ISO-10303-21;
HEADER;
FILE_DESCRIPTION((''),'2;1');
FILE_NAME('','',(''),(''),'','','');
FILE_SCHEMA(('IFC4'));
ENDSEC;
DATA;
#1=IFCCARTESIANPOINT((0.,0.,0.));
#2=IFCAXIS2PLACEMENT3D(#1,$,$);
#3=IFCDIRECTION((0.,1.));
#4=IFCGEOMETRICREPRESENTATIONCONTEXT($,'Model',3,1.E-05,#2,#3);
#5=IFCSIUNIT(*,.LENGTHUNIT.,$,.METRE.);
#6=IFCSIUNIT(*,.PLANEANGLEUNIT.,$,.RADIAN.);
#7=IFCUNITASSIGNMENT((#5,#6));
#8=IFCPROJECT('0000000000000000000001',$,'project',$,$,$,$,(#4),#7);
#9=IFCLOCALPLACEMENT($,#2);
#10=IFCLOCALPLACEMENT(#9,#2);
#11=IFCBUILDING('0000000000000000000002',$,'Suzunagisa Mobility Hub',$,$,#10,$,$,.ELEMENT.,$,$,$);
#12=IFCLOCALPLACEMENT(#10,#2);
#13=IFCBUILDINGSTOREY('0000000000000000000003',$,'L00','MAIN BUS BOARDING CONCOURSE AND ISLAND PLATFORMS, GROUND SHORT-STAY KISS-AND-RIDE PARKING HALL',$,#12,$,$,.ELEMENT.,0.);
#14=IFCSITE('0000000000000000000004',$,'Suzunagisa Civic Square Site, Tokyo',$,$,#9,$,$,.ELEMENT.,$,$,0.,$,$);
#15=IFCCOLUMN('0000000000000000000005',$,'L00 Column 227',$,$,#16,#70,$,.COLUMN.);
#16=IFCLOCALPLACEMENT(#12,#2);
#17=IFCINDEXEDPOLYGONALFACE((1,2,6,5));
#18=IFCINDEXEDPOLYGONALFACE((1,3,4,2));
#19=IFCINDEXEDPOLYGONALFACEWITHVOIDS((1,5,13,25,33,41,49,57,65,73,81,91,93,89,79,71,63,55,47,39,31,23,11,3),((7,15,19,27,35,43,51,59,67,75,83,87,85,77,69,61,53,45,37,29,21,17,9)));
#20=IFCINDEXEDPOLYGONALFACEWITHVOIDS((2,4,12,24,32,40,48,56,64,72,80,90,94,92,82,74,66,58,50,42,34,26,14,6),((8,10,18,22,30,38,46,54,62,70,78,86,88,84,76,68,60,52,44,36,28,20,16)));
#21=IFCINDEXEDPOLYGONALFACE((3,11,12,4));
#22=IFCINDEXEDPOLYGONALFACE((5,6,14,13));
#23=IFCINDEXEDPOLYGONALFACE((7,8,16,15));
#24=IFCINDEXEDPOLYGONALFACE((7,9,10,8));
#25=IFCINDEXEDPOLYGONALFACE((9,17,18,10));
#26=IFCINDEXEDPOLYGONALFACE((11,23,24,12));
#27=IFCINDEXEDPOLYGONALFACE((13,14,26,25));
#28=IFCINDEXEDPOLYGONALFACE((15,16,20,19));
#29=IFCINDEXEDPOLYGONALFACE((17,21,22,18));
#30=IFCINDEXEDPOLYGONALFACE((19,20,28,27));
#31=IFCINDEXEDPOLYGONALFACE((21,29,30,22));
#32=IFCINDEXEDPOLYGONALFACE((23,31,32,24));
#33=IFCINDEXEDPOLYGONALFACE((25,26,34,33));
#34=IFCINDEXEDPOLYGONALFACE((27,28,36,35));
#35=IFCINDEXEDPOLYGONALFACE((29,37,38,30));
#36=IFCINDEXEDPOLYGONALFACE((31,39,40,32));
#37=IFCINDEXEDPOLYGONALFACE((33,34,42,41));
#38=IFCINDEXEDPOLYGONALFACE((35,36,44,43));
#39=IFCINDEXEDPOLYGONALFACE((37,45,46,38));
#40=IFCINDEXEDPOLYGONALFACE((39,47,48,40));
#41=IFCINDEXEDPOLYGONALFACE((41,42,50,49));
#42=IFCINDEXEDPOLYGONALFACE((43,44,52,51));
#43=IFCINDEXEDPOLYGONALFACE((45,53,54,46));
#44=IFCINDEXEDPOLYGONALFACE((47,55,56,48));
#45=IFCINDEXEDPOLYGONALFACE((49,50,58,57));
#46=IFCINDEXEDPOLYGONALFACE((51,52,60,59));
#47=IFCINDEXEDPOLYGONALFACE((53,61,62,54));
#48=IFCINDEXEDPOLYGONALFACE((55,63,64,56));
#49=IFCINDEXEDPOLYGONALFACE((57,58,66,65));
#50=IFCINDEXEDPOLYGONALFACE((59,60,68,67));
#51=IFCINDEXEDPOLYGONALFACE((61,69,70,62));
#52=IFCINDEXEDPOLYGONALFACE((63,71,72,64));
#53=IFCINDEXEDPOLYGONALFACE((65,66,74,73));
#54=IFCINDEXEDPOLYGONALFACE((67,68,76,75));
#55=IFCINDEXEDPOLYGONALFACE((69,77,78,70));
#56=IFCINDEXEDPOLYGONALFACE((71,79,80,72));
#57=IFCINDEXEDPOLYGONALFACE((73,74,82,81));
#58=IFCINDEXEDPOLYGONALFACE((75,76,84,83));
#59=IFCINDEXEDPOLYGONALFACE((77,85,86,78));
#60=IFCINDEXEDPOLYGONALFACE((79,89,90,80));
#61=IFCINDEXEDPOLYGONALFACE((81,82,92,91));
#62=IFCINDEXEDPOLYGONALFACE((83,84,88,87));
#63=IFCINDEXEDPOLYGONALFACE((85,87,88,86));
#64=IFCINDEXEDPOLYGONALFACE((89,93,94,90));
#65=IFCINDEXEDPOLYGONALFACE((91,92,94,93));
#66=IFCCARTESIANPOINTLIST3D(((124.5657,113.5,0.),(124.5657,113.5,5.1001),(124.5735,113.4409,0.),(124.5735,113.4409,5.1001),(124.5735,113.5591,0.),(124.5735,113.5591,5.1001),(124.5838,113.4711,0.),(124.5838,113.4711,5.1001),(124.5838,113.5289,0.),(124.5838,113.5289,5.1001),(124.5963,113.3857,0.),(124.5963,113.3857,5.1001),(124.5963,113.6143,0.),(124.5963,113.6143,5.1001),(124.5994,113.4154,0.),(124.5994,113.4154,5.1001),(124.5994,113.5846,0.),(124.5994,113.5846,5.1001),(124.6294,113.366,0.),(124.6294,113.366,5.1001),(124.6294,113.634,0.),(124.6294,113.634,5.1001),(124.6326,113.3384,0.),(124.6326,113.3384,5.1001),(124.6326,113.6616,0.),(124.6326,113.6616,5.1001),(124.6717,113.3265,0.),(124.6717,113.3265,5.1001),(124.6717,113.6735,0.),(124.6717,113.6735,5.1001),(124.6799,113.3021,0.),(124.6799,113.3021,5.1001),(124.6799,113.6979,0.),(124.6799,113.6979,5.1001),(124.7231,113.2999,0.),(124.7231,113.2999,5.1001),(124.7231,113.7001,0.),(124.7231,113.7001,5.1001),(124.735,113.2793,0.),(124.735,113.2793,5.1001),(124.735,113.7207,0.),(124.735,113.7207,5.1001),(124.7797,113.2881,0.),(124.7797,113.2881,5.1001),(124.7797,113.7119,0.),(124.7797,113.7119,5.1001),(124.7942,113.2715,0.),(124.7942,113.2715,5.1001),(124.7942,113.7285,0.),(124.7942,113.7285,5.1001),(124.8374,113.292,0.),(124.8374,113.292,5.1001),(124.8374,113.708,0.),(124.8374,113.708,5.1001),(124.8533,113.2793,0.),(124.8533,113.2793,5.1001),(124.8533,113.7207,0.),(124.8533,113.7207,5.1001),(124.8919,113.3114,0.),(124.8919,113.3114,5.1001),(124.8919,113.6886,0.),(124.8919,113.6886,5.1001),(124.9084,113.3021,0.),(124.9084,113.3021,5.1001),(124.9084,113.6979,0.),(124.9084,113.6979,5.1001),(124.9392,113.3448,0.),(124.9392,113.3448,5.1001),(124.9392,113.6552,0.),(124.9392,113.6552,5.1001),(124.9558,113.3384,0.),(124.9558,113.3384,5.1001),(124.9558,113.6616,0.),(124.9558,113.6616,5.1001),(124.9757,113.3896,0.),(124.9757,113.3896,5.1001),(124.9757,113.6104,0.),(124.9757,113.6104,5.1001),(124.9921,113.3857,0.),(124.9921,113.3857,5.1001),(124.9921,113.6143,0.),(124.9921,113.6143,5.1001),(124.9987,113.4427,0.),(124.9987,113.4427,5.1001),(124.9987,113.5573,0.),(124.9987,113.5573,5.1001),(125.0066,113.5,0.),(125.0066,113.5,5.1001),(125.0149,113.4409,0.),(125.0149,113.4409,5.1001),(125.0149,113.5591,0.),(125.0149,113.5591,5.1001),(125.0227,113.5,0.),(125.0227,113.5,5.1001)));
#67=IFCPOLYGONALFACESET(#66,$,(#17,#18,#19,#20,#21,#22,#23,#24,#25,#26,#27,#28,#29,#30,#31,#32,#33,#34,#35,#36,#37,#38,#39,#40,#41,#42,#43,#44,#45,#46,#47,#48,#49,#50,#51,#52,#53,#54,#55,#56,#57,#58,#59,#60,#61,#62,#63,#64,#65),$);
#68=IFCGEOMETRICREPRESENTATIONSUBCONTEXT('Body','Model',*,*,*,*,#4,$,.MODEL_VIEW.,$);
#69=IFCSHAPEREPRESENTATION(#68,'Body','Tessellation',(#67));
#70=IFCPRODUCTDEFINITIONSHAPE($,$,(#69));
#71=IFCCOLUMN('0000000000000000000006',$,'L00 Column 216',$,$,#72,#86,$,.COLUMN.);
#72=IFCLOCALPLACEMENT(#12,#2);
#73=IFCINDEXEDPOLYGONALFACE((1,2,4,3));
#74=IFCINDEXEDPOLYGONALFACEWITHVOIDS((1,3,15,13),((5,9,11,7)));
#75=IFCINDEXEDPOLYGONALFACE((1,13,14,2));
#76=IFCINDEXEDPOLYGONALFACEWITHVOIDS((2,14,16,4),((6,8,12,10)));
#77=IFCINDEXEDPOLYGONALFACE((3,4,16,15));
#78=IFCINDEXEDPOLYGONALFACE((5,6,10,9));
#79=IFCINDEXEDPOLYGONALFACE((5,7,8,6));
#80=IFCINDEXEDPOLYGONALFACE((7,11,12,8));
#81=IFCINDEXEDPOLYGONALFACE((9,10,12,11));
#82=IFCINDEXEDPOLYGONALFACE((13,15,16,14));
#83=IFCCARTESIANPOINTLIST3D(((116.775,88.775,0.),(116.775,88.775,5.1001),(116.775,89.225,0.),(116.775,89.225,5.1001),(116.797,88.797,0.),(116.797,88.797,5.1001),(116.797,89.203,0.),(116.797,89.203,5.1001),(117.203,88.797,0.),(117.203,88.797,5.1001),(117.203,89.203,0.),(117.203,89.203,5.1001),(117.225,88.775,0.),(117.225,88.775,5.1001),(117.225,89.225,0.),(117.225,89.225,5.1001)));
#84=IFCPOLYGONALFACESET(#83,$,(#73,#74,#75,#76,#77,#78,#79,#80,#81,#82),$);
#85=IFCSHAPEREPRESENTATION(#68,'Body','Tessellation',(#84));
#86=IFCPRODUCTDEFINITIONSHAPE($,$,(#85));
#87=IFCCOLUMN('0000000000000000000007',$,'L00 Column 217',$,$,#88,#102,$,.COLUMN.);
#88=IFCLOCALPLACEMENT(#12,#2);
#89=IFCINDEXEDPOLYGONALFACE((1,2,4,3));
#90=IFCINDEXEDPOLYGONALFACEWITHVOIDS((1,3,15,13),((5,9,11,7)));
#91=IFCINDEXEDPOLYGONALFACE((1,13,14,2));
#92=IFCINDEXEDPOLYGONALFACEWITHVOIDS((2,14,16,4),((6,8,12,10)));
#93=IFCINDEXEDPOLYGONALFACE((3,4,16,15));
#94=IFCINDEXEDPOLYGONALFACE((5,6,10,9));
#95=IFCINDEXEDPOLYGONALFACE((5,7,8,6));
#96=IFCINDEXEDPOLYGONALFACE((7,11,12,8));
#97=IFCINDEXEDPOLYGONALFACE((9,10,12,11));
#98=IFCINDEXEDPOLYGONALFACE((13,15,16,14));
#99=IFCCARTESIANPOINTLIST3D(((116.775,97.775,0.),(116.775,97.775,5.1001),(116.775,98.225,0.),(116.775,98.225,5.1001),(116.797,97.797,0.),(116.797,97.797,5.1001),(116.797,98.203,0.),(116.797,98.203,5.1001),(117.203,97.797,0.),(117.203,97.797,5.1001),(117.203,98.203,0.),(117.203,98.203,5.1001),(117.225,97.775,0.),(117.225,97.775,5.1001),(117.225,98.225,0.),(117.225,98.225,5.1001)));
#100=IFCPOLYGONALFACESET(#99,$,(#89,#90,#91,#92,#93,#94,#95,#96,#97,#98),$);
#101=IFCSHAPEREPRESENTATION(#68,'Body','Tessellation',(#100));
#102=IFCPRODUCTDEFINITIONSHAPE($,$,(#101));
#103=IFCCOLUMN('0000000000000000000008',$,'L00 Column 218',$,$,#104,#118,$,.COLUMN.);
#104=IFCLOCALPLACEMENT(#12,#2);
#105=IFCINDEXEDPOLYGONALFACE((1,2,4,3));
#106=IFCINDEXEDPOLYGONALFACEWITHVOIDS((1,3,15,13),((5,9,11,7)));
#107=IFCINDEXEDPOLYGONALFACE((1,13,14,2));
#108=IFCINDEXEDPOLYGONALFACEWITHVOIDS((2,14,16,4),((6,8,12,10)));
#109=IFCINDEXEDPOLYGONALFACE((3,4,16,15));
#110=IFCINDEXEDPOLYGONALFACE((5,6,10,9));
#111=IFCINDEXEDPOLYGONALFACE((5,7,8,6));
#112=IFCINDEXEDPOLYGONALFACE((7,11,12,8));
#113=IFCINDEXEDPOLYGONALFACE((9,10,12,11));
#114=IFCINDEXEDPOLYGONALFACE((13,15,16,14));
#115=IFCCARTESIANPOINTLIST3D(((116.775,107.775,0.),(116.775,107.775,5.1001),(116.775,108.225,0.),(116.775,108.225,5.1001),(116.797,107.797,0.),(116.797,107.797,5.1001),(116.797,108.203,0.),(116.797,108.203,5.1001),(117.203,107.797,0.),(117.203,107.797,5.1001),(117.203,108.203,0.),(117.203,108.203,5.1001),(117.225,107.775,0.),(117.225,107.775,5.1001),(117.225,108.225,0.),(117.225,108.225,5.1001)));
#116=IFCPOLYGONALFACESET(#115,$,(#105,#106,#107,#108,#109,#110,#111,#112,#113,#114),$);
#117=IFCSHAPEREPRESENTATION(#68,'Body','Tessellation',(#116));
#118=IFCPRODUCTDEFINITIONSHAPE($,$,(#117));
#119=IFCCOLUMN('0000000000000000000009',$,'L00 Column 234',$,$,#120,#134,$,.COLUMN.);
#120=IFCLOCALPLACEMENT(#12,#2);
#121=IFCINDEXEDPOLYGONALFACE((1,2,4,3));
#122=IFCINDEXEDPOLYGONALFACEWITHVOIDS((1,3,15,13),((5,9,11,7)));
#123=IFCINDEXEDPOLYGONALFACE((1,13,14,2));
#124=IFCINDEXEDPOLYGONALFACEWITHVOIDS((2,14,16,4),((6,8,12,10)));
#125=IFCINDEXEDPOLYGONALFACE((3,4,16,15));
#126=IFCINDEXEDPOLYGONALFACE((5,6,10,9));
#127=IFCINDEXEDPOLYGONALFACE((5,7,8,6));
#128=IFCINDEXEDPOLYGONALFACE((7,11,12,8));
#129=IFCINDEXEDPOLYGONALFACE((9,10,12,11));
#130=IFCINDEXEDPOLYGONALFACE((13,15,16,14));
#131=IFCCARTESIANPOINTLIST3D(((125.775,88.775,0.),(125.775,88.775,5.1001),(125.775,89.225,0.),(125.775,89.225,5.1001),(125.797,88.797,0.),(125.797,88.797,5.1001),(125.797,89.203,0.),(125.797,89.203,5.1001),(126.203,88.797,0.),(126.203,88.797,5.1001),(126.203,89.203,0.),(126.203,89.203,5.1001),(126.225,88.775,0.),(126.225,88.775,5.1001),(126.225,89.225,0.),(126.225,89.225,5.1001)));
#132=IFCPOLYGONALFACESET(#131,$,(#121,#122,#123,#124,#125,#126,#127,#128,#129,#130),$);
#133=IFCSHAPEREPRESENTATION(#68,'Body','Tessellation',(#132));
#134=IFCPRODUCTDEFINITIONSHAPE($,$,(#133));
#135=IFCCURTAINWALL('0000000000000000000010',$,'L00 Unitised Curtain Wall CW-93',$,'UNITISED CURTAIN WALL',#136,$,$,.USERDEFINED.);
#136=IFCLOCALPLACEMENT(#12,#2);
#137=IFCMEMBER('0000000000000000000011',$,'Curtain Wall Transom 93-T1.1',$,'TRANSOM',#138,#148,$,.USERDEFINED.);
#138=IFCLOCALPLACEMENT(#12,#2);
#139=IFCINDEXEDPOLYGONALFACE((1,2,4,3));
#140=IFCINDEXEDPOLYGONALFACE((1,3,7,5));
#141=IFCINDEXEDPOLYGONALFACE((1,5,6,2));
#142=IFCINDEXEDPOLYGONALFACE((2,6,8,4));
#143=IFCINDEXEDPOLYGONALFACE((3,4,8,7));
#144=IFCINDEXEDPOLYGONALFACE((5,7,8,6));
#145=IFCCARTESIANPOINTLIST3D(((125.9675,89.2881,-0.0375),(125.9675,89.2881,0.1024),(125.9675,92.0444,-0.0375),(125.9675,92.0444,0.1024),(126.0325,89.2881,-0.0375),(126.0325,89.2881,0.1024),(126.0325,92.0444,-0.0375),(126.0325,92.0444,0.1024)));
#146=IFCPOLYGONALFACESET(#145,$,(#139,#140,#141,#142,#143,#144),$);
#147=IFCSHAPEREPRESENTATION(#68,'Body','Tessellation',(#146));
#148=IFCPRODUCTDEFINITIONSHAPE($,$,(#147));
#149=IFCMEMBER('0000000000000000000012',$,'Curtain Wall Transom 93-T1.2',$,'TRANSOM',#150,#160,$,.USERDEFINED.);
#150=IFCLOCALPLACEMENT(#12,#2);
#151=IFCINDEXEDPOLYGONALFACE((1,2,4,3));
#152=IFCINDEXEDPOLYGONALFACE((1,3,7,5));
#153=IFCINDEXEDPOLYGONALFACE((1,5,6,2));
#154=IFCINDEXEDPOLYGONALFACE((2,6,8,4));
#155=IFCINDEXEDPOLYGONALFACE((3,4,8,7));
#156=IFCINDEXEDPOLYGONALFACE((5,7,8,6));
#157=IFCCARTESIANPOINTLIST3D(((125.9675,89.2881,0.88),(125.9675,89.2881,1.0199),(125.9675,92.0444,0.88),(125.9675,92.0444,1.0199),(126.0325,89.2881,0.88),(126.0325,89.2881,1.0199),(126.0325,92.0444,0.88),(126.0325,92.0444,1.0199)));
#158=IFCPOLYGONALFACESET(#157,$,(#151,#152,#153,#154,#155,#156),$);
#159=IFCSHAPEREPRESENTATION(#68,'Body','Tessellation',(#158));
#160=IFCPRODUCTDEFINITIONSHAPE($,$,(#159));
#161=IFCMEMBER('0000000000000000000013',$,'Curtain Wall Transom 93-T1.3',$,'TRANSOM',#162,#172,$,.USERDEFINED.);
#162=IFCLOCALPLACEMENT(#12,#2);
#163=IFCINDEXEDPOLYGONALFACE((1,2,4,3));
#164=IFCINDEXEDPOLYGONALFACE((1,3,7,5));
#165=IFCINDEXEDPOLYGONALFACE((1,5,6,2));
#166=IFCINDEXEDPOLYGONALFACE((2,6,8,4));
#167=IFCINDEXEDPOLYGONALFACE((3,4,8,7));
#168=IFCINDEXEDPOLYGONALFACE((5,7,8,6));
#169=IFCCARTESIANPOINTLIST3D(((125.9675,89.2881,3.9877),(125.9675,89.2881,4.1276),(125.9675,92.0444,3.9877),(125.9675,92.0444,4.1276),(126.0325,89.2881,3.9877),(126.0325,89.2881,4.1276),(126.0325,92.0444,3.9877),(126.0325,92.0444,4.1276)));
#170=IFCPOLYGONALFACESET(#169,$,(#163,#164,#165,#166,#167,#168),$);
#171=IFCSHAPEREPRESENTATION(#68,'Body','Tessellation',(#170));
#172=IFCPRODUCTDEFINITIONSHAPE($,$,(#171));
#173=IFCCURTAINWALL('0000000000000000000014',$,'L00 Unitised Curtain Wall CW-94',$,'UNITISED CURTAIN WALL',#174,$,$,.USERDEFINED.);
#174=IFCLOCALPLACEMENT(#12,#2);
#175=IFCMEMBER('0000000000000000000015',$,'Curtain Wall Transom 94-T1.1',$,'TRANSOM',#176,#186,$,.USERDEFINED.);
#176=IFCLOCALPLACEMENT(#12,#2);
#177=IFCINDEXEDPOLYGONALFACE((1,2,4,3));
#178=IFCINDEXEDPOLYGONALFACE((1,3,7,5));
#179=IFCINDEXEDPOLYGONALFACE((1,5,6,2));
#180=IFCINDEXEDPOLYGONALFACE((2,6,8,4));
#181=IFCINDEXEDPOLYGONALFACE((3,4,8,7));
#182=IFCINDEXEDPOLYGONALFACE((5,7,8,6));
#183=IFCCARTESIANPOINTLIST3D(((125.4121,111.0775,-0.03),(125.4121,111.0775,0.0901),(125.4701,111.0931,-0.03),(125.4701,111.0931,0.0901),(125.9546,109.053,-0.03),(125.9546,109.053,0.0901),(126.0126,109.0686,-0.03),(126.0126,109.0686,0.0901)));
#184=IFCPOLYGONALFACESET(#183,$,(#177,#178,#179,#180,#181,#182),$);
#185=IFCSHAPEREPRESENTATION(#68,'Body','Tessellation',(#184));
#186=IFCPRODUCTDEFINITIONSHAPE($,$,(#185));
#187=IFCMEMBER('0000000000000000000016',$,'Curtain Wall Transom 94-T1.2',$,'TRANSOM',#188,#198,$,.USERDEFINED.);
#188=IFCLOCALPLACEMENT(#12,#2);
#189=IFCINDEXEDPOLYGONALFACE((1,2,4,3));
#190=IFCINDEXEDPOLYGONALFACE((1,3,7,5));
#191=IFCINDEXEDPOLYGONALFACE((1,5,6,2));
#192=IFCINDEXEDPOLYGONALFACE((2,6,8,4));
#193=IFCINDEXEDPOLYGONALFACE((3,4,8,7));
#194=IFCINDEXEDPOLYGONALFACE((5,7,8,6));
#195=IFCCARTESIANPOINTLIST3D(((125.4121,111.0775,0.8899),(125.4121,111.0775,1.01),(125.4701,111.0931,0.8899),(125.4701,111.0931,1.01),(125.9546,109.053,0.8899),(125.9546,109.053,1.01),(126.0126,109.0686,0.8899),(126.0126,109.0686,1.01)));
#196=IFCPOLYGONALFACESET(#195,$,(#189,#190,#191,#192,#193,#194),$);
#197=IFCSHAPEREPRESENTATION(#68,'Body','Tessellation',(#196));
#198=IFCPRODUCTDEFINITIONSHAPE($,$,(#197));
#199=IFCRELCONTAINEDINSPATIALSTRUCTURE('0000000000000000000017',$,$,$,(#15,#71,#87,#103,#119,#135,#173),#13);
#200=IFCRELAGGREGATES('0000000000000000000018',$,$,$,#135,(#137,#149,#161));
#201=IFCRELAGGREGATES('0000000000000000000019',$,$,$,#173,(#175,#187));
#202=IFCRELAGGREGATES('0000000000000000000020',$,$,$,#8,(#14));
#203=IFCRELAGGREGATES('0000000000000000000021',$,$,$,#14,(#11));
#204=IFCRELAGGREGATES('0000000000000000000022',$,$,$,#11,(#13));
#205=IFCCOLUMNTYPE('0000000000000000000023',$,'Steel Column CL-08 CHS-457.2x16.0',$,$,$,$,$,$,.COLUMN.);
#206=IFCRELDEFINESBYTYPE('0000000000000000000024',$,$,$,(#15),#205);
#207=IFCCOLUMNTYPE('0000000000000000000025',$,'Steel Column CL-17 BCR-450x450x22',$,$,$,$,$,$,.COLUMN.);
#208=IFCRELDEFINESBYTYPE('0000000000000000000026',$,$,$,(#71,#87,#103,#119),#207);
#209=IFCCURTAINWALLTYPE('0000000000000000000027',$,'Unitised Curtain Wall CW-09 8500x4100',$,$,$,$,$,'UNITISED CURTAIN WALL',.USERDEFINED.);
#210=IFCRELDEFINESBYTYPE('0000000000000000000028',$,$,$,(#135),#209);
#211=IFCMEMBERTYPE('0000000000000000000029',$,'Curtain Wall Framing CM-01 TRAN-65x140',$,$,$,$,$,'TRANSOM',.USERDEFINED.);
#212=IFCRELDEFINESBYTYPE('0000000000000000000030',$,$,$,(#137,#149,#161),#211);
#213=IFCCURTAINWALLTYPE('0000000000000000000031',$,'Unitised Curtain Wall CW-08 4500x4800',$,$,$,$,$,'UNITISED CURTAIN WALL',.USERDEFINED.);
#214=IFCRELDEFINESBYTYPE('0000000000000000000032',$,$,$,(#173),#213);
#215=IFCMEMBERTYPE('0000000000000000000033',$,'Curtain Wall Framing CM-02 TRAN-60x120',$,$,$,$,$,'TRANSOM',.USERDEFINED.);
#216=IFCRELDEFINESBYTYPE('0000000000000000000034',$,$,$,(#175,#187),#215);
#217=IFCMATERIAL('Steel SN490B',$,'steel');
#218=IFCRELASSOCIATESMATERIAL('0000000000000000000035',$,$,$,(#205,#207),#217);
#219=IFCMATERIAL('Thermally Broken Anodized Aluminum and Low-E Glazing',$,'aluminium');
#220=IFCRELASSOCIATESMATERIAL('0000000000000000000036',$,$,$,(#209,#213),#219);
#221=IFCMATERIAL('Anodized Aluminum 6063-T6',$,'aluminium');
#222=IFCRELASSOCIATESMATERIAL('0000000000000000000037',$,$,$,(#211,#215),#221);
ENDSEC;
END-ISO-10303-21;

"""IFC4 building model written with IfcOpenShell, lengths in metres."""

from ifc_helpers import new_model, si_unit, direction, frame, origin, origin_2d, place, context, subcontext, project, spatial, rectangle, hollow_rectangle, hollow_circle, extrude, material, material_profile, profile_set, type_object, element, aggregate, save


model = new_model("IFC4")

# Units and contexts
model_context = context("Model", 3, precision=1e-05, world=origin(), true_north=direction((0.0, 1.0)))
body_context = subcontext(model_context, "Body", "Model", "MODEL_VIEW")
ifc_project = project(units=[si_unit("LENGTHUNIT", "METRE"), si_unit("PLANEANGLEUNIT", "RADIAN")], contexts=[model_context])

# Site, building, storey
site_placement = place(None, origin())
site = spatial("IfcSite", under=ifc_project, at=site_placement, Name="Suzunagisa Civic Square Site, Tokyo", CompositionType="ELEMENT", RefElevation=0.0)
building_placement = place(site_placement, origin())
building = spatial("IfcBuilding", under=site, at=building_placement, Name="Suzunagisa Mobility Hub", CompositionType="ELEMENT")
storey_placement = place(building_placement, origin())
storey = spatial("IfcBuildingStorey", under=building, at=storey_placement, Name="L00", Description="MAIN BUS BOARDING CONCOURSE AND ISLAND PLATFORMS, GROUND SHORT-STAY KISS-AND-RIDE PARKING HALL", CompositionType="ELEMENT", Elevation=0.0)

# Columns
ifc_material_1 = material(Name="Steel SN490B", Category="steel")
ifc_material_profile_1 = material_profile(ifc_material_1, hollow_circle(Radius=0.2285, WallThickness=0.0161, at=origin_2d()), Name="CHS-457.2x16.0")
ifc_profile_set_1 = profile_set([ifc_material_profile_1], Name="Steel SN490B")
column_type_1 = type_object("IfcColumnType", Name="Steel Column CL-08 CHS-457.2x16.0", PredefinedType="COLUMN", material=ifc_profile_set_1)
column_placement = place(storey_placement, frame((124.7942, 113.5, 0.0), z_axis=(0.0, 0.0, 1.0), x_axis=(1.0, 0.0, 0.0)))
element("IfcColumn", 1, at=column_placement, inside=storey, type_object=column_type_1, Name="L00 Column 227", PredefinedType="COLUMN", context=body_context, shape_type="SweptSolid", body=[
    extrude(hollow_circle(Radius=0.2285, WallThickness=0.0161, at=origin_2d()), origin(), (0.0, 0.0, 1.0), 5.1001),
])
ifc_material_profile_2 = material_profile(ifc_material_1, hollow_rectangle(XDim=0.45, YDim=0.45, WallThickness=0.022, at=origin_2d()), Name="BCR-450x450x22")
ifc_profile_set_2 = profile_set([ifc_material_profile_2], Name="Steel SN490B")
column_type_2 = type_object("IfcColumnType", Name="Steel Column CL-17 BCR-450x450x22", PredefinedType="COLUMN", material=ifc_profile_set_2)
for number, where, z_axis, x_axis, name in (
    (2, (117.0, 89.0, 0.0), (0.0, 0.0, 1.0), (1.0, 0.0, 0.0), "L00 Column 216"),
    (3, (117.0, 98.0, 0.0), (0.0, 0.0, 1.0), (1.0, 0.0, 0.0), "L00 Column 217"),
    (4, (117.0, 108.0, 0.0), (0.0, 0.0, 1.0), (1.0, 0.0, 0.0), "L00 Column 218"),
    (5, (126.0, 89.0, 0.0), (0.0, 0.0, 1.0), (1.0, 0.0, 0.0), "L00 Column 234"),
):
    element("IfcColumn", number, at=place(storey_placement, frame(where, z_axis=z_axis, x_axis=x_axis)), inside=storey, type_object=column_type_2, Name=name, PredefinedType="COLUMN", context=body_context, shape_type="SweptSolid", body=[
        extrude(hollow_rectangle(XDim=0.45, YDim=0.45, WallThickness=0.022, at=origin_2d()), origin(), (0.0, 0.0, 1.0), 5.1001),
    ])

# Curtain walls, members
ifc_material_2 = material(Name="Thermally Broken Anodized Aluminum and Low-E Glazing", Category="aluminium")
curtain_wall_type_1 = type_object("IfcCurtainWallType", Name="Unitised Curtain Wall CW-09 8500x4100", ElementType="UNITISED CURTAIN WALL", PredefinedType="USERDEFINED", material=ifc_material_2)
curtain_wall_1_placement = place(storey_placement, origin())
curtain_wall_1 = element("IfcCurtainWall", 6, at=curtain_wall_1_placement, inside=storey, type_object=curtain_wall_type_1, Name="L00 Unitised Curtain Wall CW-93", ObjectType="UNITISED CURTAIN WALL", PredefinedType="USERDEFINED")
ifc_material_3 = material(Name="Anodized Aluminum 6063-T6", Category="aluminium")
ifc_material_profile_3 = material_profile(ifc_material_3, rectangle(XDim=0.0649, YDim=0.1399, at=origin_2d()), Name="TRAN-65x140")
ifc_profile_set_3 = profile_set([ifc_material_profile_3], Name="Anodized Aluminum 6063-T6")
member_type_1 = type_object("IfcMemberType", Name="Curtain Wall Framing CM-01 TRAN-65x140", ElementType="TRANSOM", PredefinedType="USERDEFINED", material=ifc_profile_set_3)
member_1_placement = place(storey_placement, frame((126.0, 89.2881, 0.0325), z_axis=(0.0, 1.0, 0.0), x_axis=(-1.0, 0.0, 0.0)))
member_1 = element("IfcMember", 7, at=member_1_placement, type_object=member_type_1, Name="Curtain Wall Transom 93-T1.1", ObjectType="TRANSOM", PredefinedType="USERDEFINED", context=body_context, shape_type="SweptSolid", body=[
    extrude(rectangle(XDim=0.0649, YDim=0.1399, at=origin_2d()), origin(), (0.0, 0.0, 1.0), 2.7563),
])
member_2_placement = place(storey_placement, frame((126.0, 89.2881, 0.95), z_axis=(0.0, 1.0, 0.0), x_axis=(-1.0, 0.0, 0.0)))
member_2 = element("IfcMember", 8, at=member_2_placement, type_object=member_type_1, Name="Curtain Wall Transom 93-T1.2", ObjectType="TRANSOM", PredefinedType="USERDEFINED", context=body_context, shape_type="SweptSolid", body=[
    extrude(rectangle(XDim=0.0649, YDim=0.1399, at=origin_2d()), origin(), (0.0, 0.0, 1.0), 2.7563),
])
member_3_placement = place(storey_placement, frame((126.0, 89.2881, 4.0576), z_axis=(0.0, 1.0, 0.0), x_axis=(-1.0, 0.0, 0.0)))
member_3 = element("IfcMember", 9, at=member_3_placement, type_object=member_type_1, Name="Curtain Wall Transom 93-T1.3", ObjectType="TRANSOM", PredefinedType="USERDEFINED", context=body_context, shape_type="SweptSolid", body=[
    extrude(rectangle(XDim=0.0649, YDim=0.1399, at=origin_2d()), origin(), (0.0, 0.0, 1.0), 2.7563),
])
curtain_wall_type_2 = type_object("IfcCurtainWallType", Name="Unitised Curtain Wall CW-08 4500x4800", ElementType="UNITISED CURTAIN WALL", PredefinedType="USERDEFINED", material=ifc_material_2)
curtain_wall_2_placement = place(storey_placement, origin())
curtain_wall_2 = element("IfcCurtainWall", 10, at=curtain_wall_2_placement, inside=storey, type_object=curtain_wall_type_2, Name="L00 Unitised Curtain Wall CW-94", ObjectType="UNITISED CURTAIN WALL", PredefinedType="USERDEFINED")
ifc_material_profile_4 = material_profile(ifc_material_3, rectangle(XDim=0.0601, YDim=0.1201, at=origin_2d()), Name="TRAN-60x120")
ifc_profile_set_4 = profile_set([ifc_material_profile_4], Name="Anodized Aluminum 6063-T6")
member_type_2 = type_object("IfcMemberType", Name="Curtain Wall Framing CM-02 TRAN-60x120", ElementType="TRANSOM", PredefinedType="USERDEFINED", material=ifc_profile_set_4)
member_4_placement = place(storey_placement, frame((125.9836, 109.0608, 0.03), z_axis=(-0.258837, 0.965921, 0.0), x_axis=(-0.965921, -0.258837, 0.0)))
member_4 = element("IfcMember", 11, at=member_4_placement, type_object=member_type_2, Name="Curtain Wall Transom 94-T1.1", ObjectType="TRANSOM", PredefinedType="USERDEFINED", context=body_context, shape_type="SweptSolid", body=[
    extrude(rectangle(XDim=0.0601, YDim=0.1201, at=origin_2d()), origin(), (0.0, 0.0, 1.0), 2.0959),
])
member_5_placement = place(storey_placement, frame((125.9836, 109.0608, 0.95), z_axis=(-0.258837, 0.965921, 0.0), x_axis=(-0.965921, -0.258837, 0.0)))
member_5 = element("IfcMember", 12, at=member_5_placement, type_object=member_type_2, Name="Curtain Wall Transom 94-T1.2", ObjectType="TRANSOM", PredefinedType="USERDEFINED", context=body_context, shape_type="SweptSolid", body=[
    extrude(rectangle(XDim=0.0601, YDim=0.1201, at=origin_2d()), origin(), (0.0, 0.0, 1.0), 2.0959),
])

aggregate(curtain_wall_1, [member_1, member_2, member_3])
aggregate(curtain_wall_2, [member_4, member_5])

save(model, "model.ifc")
